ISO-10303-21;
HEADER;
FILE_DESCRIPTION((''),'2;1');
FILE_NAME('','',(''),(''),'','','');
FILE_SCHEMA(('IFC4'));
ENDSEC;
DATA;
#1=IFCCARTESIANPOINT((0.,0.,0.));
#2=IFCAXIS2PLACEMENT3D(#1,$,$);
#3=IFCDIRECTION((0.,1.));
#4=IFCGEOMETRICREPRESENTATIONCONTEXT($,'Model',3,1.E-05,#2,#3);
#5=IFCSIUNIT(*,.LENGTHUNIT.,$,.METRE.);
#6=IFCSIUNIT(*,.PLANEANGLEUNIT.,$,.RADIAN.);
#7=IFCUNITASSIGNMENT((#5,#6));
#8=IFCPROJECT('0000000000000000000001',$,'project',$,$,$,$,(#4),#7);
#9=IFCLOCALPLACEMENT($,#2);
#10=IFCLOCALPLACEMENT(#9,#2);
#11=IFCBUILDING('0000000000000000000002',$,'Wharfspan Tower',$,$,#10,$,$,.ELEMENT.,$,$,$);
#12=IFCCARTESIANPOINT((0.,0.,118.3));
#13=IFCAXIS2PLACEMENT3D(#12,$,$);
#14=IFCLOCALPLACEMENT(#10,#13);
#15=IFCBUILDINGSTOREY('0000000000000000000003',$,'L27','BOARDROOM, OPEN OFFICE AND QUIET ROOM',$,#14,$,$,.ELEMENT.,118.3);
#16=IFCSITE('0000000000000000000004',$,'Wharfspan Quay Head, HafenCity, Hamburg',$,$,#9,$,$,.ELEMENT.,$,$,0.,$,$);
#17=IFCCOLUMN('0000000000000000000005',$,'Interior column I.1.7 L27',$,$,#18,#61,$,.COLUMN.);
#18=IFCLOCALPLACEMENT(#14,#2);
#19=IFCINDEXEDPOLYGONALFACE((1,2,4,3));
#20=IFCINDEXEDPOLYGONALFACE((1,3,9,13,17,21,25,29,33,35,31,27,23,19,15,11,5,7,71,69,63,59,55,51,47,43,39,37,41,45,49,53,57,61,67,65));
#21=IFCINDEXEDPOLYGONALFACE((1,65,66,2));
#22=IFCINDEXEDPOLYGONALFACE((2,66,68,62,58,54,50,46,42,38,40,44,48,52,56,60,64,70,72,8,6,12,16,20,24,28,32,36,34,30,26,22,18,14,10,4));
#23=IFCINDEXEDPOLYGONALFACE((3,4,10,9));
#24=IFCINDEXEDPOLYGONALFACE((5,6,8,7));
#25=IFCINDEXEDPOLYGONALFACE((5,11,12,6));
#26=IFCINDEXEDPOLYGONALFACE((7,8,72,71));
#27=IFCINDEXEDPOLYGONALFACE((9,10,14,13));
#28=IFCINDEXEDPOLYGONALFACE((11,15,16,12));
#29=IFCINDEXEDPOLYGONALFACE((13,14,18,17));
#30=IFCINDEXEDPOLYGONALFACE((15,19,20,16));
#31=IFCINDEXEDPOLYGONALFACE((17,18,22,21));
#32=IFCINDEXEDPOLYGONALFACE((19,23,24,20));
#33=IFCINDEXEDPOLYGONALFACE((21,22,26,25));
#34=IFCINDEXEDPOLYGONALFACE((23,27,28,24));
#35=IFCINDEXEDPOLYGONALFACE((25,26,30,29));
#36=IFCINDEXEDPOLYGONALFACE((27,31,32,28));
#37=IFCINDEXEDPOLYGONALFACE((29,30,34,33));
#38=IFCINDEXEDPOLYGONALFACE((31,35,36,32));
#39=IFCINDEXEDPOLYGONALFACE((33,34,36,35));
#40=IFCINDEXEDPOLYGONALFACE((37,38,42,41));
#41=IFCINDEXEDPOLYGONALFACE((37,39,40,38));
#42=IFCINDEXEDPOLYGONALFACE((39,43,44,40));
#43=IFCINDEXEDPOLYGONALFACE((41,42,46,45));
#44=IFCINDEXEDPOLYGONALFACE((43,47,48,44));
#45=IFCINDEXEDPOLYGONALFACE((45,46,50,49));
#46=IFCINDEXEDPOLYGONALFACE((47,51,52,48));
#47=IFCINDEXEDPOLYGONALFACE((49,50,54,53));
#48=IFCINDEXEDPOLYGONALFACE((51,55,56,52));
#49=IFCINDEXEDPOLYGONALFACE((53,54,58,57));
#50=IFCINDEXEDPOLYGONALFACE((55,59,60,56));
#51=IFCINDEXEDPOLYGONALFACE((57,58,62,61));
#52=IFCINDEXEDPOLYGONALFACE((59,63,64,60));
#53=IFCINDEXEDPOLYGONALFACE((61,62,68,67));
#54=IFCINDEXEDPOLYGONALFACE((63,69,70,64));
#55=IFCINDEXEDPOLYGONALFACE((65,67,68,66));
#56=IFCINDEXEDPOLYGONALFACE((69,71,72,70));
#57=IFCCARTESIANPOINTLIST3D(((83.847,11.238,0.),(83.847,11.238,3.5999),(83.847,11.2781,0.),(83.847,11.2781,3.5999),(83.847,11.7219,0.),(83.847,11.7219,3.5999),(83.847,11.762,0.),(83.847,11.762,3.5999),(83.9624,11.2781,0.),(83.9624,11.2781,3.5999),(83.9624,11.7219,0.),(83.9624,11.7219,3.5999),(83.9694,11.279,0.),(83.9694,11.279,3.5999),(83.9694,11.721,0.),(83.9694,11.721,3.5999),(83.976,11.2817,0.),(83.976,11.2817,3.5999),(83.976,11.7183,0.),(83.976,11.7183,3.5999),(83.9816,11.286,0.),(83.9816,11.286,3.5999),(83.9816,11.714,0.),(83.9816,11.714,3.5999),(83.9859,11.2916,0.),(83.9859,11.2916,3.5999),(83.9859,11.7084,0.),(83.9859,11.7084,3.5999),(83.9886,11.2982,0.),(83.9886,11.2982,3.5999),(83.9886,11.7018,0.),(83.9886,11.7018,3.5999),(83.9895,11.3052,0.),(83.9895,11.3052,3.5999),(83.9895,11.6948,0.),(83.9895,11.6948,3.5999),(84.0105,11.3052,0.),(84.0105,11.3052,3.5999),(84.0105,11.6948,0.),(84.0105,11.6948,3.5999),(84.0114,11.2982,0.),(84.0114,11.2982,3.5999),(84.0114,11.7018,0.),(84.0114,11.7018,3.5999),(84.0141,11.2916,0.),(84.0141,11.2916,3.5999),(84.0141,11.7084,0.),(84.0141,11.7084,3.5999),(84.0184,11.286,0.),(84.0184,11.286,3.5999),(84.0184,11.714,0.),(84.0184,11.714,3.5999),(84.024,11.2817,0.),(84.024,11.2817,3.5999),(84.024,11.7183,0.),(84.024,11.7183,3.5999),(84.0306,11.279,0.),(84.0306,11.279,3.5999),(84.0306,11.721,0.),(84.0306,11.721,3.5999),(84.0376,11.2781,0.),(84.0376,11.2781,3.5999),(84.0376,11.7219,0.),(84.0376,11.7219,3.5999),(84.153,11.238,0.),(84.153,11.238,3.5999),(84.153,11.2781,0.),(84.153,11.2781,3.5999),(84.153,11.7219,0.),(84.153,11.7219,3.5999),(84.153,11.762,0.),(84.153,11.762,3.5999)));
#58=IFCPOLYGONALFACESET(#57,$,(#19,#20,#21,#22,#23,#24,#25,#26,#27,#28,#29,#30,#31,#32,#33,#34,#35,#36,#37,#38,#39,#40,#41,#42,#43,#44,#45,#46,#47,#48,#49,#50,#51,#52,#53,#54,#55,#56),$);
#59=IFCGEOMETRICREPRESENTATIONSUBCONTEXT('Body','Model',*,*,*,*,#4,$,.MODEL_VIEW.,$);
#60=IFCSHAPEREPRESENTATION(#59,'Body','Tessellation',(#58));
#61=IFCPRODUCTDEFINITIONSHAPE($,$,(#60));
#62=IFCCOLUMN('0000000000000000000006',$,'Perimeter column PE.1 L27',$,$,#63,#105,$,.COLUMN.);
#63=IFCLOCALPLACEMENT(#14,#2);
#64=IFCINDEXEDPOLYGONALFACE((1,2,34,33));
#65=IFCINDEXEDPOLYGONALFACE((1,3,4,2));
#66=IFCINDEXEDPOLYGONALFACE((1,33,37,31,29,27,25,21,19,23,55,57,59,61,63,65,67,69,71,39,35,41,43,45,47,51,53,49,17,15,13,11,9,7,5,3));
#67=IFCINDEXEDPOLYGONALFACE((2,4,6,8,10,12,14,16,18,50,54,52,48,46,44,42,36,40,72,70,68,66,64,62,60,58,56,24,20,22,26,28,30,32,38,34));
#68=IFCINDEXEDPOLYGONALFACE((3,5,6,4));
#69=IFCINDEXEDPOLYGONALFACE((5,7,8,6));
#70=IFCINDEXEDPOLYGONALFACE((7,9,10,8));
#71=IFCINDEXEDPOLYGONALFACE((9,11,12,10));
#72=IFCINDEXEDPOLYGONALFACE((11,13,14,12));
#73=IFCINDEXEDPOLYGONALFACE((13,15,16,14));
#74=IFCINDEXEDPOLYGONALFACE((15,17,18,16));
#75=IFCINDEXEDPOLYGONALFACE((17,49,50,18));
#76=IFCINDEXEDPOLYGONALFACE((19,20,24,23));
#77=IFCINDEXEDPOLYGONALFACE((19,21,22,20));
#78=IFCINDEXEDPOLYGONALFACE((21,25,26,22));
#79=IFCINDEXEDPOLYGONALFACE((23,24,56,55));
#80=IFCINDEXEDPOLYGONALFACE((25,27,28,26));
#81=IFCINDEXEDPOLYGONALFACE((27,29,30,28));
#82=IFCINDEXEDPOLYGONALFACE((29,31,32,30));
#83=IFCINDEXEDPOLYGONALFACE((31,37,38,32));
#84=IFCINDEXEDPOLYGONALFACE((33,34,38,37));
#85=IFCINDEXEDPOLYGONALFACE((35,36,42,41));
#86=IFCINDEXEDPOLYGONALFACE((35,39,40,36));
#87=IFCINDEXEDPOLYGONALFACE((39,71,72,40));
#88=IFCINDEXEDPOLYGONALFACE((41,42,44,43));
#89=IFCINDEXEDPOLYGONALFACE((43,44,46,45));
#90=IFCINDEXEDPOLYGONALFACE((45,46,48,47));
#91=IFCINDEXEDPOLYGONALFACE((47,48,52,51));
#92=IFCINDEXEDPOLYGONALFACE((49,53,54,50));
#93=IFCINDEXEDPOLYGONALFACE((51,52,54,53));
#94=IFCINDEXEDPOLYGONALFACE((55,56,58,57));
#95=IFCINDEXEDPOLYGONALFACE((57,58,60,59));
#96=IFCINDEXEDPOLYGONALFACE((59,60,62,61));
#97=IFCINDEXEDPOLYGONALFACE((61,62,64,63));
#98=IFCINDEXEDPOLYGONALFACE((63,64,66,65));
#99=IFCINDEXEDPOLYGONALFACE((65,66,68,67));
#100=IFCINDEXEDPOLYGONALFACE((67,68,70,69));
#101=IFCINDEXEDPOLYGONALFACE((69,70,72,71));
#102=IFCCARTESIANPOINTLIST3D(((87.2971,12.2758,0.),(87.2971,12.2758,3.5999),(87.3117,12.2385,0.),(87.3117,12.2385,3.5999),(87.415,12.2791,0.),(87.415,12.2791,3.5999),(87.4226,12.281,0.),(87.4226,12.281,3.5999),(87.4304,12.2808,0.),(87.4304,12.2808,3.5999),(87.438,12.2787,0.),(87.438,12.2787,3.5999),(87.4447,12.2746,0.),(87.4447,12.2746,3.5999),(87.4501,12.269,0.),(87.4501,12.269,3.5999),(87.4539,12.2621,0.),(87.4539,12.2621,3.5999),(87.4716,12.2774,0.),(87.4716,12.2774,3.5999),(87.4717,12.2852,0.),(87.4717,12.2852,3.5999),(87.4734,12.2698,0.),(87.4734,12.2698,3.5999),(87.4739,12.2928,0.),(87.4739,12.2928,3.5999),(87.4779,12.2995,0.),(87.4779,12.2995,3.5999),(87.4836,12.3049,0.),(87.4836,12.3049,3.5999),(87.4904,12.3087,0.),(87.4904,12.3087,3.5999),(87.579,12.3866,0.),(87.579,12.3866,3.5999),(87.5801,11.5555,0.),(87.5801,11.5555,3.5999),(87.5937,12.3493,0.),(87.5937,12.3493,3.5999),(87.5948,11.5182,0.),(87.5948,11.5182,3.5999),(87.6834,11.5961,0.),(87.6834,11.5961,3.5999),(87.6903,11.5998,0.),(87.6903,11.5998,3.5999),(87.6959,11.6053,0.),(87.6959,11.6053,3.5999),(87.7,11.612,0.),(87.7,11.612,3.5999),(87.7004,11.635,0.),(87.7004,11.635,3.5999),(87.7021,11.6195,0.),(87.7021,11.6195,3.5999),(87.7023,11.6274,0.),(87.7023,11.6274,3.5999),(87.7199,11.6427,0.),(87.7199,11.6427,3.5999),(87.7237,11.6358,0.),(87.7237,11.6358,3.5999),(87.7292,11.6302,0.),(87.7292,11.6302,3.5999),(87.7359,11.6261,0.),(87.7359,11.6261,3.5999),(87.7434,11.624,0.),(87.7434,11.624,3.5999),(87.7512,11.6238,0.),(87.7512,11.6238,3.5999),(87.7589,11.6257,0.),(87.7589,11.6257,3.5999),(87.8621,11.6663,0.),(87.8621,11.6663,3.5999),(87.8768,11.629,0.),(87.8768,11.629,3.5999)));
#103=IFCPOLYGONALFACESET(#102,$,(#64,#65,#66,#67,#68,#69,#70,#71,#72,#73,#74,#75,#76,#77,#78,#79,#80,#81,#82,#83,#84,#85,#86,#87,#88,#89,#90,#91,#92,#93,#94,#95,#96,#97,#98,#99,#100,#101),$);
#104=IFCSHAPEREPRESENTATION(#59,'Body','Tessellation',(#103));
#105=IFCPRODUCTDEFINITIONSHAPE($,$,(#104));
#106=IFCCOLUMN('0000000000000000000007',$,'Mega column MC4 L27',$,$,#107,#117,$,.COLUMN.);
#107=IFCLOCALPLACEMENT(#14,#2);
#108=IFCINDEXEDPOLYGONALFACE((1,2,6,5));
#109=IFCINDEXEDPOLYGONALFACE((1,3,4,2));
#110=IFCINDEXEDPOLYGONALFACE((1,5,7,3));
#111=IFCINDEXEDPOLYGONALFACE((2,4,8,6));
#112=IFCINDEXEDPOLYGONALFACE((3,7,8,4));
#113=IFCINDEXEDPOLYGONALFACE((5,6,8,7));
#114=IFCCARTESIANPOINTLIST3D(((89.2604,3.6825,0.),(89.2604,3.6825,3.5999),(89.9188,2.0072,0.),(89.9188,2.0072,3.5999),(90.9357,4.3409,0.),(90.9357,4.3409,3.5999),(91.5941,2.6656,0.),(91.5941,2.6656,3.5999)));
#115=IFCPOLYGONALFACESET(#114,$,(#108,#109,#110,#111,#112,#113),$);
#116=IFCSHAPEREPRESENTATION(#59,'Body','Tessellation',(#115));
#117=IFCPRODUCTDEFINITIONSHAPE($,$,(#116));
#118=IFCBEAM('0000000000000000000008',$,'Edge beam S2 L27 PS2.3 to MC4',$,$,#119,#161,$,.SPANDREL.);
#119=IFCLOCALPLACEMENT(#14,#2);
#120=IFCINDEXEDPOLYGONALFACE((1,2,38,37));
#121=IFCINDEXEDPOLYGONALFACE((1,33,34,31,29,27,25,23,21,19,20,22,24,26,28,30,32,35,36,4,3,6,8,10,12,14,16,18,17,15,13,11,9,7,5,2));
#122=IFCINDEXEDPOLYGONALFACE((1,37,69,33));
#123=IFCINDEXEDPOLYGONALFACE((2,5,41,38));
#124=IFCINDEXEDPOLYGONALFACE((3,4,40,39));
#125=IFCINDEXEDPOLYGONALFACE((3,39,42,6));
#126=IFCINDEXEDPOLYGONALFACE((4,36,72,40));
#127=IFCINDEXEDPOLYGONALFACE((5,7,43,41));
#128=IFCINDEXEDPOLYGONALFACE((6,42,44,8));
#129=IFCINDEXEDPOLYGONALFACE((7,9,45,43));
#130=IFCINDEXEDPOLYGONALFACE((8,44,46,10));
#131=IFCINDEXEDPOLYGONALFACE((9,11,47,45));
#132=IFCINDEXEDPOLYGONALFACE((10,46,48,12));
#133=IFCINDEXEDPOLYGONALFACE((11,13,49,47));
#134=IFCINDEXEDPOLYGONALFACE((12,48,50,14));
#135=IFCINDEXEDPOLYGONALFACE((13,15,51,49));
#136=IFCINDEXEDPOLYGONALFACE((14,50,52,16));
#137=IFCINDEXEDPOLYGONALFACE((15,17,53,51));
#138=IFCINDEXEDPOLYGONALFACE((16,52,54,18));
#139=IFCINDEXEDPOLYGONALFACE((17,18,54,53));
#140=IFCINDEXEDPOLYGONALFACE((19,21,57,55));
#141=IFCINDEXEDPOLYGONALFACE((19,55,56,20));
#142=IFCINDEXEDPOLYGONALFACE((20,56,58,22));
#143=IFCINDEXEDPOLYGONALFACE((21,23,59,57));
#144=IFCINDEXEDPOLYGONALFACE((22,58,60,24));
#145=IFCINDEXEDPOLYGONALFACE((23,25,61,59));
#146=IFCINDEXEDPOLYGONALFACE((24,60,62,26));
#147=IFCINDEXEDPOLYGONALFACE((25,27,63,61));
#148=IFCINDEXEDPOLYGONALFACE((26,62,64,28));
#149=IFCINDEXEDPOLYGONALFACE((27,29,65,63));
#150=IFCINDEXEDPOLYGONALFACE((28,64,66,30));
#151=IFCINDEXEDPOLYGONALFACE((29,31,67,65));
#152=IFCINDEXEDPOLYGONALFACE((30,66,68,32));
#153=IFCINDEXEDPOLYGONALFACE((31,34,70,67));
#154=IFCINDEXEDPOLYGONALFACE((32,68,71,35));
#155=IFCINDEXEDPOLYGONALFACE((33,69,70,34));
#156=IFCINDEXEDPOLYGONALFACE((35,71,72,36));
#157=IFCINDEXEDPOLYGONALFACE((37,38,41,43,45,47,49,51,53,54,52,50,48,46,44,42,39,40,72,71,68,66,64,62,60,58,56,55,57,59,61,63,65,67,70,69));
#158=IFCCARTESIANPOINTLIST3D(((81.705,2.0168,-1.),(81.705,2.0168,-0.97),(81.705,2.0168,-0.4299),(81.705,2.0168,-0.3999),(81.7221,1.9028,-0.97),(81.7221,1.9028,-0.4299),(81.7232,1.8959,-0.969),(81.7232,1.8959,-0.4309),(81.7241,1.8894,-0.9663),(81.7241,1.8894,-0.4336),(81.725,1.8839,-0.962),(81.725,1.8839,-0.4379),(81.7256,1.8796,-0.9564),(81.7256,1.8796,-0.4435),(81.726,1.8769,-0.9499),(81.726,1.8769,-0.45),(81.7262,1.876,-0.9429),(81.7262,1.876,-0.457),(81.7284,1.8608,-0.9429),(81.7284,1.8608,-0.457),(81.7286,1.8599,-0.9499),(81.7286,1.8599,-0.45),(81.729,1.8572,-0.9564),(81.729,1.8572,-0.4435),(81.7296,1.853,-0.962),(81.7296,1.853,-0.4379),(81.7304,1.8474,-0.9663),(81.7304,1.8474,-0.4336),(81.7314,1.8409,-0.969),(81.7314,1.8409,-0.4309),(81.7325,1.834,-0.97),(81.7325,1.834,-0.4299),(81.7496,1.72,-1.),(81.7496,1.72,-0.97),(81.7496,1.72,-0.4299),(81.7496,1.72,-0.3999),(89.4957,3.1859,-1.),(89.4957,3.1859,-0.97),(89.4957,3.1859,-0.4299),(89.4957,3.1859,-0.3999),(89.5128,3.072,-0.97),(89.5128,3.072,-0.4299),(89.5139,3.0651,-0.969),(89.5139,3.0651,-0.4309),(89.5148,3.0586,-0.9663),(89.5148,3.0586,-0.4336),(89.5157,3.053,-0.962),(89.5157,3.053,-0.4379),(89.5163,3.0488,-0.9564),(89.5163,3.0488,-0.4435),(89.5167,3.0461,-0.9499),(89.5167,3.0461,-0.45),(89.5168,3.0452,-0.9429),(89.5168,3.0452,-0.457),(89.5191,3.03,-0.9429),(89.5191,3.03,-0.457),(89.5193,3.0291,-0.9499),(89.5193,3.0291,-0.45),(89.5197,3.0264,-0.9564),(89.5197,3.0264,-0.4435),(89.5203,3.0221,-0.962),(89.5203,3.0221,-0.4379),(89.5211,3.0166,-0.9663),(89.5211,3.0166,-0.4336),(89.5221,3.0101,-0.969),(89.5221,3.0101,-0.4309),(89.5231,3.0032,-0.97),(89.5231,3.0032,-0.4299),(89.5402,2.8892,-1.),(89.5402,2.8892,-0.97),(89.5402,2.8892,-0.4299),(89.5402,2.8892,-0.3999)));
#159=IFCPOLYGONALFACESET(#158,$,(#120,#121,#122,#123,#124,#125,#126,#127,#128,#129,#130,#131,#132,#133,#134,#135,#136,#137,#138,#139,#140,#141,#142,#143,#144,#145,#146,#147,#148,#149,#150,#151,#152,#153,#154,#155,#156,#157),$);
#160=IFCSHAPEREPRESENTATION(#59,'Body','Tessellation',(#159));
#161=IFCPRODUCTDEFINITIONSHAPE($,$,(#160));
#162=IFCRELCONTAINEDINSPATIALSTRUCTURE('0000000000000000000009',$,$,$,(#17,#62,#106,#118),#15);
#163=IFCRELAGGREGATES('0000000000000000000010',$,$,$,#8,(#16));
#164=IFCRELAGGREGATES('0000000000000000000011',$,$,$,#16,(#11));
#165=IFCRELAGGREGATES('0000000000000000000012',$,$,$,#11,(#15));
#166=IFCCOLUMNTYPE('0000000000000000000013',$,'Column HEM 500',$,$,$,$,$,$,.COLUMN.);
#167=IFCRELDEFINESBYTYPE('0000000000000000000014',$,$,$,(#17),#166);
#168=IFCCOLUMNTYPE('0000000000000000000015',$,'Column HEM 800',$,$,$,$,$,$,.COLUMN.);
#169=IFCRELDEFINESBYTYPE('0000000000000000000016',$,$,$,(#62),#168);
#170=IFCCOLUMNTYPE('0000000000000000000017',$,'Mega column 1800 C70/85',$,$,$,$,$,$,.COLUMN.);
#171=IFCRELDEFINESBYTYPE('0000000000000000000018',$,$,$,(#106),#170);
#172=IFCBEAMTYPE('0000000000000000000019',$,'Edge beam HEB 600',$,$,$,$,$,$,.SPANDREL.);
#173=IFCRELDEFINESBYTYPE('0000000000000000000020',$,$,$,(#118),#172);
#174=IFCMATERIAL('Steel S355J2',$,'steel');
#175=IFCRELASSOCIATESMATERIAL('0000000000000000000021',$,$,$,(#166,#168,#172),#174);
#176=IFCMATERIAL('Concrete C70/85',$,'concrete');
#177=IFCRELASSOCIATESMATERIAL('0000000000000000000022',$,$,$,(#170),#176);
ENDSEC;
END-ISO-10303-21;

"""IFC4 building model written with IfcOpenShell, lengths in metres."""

from ifc_helpers import new_model, si_unit, direction, frame, origin, origin_2d, place, context, subcontext, project, spatial, rectangle, i_section, extrude, material, material_profile, profile_set, type_object, element, save


model = new_model("IFC4")

# Units and contexts
model_context = context("Model", 3, precision=1e-05, world=origin(), true_north=direction((0.0, 1.0)))
body_context = subcontext(model_context, "Body", "Model", "MODEL_VIEW")
ifc_project = project(units=[si_unit("LENGTHUNIT", "METRE"), si_unit("PLANEANGLEUNIT", "RADIAN")], contexts=[model_context])

# Site, building, storey
site_placement = place(None, origin())
site = spatial("IfcSite", under=ifc_project, at=site_placement, Name="Wharfspan Quay Head, HafenCity, Hamburg", CompositionType="ELEMENT", RefElevation=0.0)
building_placement = place(site_placement, origin())
building = spatial("IfcBuilding", under=site, at=building_placement, Name="Wharfspan Tower", CompositionType="ELEMENT")
storey_placement = place(building_placement, frame((0.0, 0.0, 118.3)))
storey = spatial("IfcBuildingStorey", under=building, at=storey_placement, Name="L27", Description="BOARDROOM, OPEN OFFICE AND QUIET ROOM", CompositionType="ELEMENT", Elevation=118.3)

# Columns
ifc_material_1 = material(Name="Steel S355J2", Category="steel")
ifc_material_profile_1 = material_profile(ifc_material_1, i_section(OverallWidth=0.3059, OverallDepth=0.5239, WebThickness=0.021, FlangeThickness=0.04, FilletRadius=0.0271, at=origin_2d()))
ifc_profile_set_1 = profile_set([ifc_material_profile_1], Name="Steel S355J2")
column_type_1 = type_object("IfcColumnType", Name="Column HEM 500", PredefinedType="COLUMN", material=ifc_profile_set_1)
column_1_placement = place(storey_placement, frame((84.0, 11.5, 0.0), z_axis=(0.0, 0.0, 1.0), x_axis=(1.0, 0.0, 0.0)))
element("IfcColumn", 1, at=column_1_placement, inside=storey, type_object=column_type_1, Name="Interior column I.1.7 L27", PredefinedType="COLUMN", context=body_context, shape_type="SweptSolid", body=[
    extrude(i_section(OverallWidth=0.3059, OverallDepth=0.5239, WebThickness=0.021, FlangeThickness=0.04, FilletRadius=0.0271, at=origin_2d()), origin(), (0.0, 0.0, 1.0), 3.5999),
])
ifc_material_profile_2 = material_profile(ifc_material_1, i_section(OverallWidth=0.303, OverallDepth=0.814, WebThickness=0.021, FlangeThickness=0.04, FilletRadius=0.03, at=origin_2d()))
ifc_profile_set_2 = profile_set([ifc_material_profile_2], Name="Steel S355J2")
column_type_2 = type_object("IfcColumnType", Name="Column HEM 800", PredefinedType="COLUMN", material=ifc_profile_set_2)
column_2_placement = place(storey_placement, frame((87.5869, 11.9524, 0.0), z_axis=(0.0, 0.0, 1.0), x_axis=(0.930702, 0.365778, 0.0)))
element("IfcColumn", 2, at=column_2_placement, inside=storey, type_object=column_type_2, Name="Perimeter column PE.1 L27", PredefinedType="COLUMN", context=body_context, shape_type="SweptSolid", body=[
    extrude(i_section(OverallWidth=0.303, OverallDepth=0.814, WebThickness=0.021, FlangeThickness=0.04, FilletRadius=0.03, at=origin_2d()), origin(), (0.0, 0.0, 1.0), 3.5999),
])
ifc_material_2 = material(Name="Concrete C70/85", Category="concrete")
ifc_material_profile_3 = material_profile(ifc_material_2, rectangle(XDim=1.8, YDim=1.8, at=origin_2d()))
ifc_profile_set_3 = profile_set([ifc_material_profile_3], Name="Concrete C70/85")
column_type_3 = type_object("IfcColumnType", Name="Mega column 1800 C70/85", PredefinedType="COLUMN", material=ifc_profile_set_3)
column_3_placement = place(storey_placement, frame((90.4272, 3.1741, 0.0), z_axis=(0.0, 0.0, 1.0), x_axis=(-0.365778, 0.930702, 0.0)))
element("IfcColumn", 3, at=column_3_placement, inside=storey, type_object=column_type_3, Name="Mega column MC4 L27", PredefinedType="COLUMN", context=body_context, shape_type="SweptSolid", body=[
    extrude(rectangle(XDim=1.8, YDim=1.8, at=origin_2d()), origin(), (0.0, 0.0, 1.0), 3.5999),
])

# Beam
ifc_material_profile_4 = material_profile(ifc_material_1, i_section(OverallWidth=0.3, OverallDepth=0.6001, WebThickness=0.0154, FlangeThickness=0.03, FilletRadius=0.0271, at=origin_2d()))
ifc_profile_set_4 = profile_set([ifc_material_profile_4], Name="Steel S355J2")
beam_type = type_object("IfcBeamType", Name="Edge beam HEB 600", PredefinedType="SPANDREL", material=ifc_profile_set_4)
beam_1_placement = place(storey_placement, frame((81.7273, 1.8684, -0.7), z_axis=(0.988926, 0.148412, 0.0), x_axis=(-0.148412, 0.988926, 0.0)))
element("IfcBeam", 4, at=beam_1_placement, inside=storey, type_object=beam_type, Name="Edge beam S2 L27 PS2.3 to MC4", PredefinedType="SPANDREL", context=body_context, shape_type="SweptSolid", body=[
    extrude(i_section(OverallWidth=0.3, OverallDepth=0.6001, WebThickness=0.0154, FlangeThickness=0.03, FilletRadius=0.0271, at=origin_2d()), origin(), (0.0, 0.0, 1.0), 7.8779),
])

save(model, "model.ifc")
